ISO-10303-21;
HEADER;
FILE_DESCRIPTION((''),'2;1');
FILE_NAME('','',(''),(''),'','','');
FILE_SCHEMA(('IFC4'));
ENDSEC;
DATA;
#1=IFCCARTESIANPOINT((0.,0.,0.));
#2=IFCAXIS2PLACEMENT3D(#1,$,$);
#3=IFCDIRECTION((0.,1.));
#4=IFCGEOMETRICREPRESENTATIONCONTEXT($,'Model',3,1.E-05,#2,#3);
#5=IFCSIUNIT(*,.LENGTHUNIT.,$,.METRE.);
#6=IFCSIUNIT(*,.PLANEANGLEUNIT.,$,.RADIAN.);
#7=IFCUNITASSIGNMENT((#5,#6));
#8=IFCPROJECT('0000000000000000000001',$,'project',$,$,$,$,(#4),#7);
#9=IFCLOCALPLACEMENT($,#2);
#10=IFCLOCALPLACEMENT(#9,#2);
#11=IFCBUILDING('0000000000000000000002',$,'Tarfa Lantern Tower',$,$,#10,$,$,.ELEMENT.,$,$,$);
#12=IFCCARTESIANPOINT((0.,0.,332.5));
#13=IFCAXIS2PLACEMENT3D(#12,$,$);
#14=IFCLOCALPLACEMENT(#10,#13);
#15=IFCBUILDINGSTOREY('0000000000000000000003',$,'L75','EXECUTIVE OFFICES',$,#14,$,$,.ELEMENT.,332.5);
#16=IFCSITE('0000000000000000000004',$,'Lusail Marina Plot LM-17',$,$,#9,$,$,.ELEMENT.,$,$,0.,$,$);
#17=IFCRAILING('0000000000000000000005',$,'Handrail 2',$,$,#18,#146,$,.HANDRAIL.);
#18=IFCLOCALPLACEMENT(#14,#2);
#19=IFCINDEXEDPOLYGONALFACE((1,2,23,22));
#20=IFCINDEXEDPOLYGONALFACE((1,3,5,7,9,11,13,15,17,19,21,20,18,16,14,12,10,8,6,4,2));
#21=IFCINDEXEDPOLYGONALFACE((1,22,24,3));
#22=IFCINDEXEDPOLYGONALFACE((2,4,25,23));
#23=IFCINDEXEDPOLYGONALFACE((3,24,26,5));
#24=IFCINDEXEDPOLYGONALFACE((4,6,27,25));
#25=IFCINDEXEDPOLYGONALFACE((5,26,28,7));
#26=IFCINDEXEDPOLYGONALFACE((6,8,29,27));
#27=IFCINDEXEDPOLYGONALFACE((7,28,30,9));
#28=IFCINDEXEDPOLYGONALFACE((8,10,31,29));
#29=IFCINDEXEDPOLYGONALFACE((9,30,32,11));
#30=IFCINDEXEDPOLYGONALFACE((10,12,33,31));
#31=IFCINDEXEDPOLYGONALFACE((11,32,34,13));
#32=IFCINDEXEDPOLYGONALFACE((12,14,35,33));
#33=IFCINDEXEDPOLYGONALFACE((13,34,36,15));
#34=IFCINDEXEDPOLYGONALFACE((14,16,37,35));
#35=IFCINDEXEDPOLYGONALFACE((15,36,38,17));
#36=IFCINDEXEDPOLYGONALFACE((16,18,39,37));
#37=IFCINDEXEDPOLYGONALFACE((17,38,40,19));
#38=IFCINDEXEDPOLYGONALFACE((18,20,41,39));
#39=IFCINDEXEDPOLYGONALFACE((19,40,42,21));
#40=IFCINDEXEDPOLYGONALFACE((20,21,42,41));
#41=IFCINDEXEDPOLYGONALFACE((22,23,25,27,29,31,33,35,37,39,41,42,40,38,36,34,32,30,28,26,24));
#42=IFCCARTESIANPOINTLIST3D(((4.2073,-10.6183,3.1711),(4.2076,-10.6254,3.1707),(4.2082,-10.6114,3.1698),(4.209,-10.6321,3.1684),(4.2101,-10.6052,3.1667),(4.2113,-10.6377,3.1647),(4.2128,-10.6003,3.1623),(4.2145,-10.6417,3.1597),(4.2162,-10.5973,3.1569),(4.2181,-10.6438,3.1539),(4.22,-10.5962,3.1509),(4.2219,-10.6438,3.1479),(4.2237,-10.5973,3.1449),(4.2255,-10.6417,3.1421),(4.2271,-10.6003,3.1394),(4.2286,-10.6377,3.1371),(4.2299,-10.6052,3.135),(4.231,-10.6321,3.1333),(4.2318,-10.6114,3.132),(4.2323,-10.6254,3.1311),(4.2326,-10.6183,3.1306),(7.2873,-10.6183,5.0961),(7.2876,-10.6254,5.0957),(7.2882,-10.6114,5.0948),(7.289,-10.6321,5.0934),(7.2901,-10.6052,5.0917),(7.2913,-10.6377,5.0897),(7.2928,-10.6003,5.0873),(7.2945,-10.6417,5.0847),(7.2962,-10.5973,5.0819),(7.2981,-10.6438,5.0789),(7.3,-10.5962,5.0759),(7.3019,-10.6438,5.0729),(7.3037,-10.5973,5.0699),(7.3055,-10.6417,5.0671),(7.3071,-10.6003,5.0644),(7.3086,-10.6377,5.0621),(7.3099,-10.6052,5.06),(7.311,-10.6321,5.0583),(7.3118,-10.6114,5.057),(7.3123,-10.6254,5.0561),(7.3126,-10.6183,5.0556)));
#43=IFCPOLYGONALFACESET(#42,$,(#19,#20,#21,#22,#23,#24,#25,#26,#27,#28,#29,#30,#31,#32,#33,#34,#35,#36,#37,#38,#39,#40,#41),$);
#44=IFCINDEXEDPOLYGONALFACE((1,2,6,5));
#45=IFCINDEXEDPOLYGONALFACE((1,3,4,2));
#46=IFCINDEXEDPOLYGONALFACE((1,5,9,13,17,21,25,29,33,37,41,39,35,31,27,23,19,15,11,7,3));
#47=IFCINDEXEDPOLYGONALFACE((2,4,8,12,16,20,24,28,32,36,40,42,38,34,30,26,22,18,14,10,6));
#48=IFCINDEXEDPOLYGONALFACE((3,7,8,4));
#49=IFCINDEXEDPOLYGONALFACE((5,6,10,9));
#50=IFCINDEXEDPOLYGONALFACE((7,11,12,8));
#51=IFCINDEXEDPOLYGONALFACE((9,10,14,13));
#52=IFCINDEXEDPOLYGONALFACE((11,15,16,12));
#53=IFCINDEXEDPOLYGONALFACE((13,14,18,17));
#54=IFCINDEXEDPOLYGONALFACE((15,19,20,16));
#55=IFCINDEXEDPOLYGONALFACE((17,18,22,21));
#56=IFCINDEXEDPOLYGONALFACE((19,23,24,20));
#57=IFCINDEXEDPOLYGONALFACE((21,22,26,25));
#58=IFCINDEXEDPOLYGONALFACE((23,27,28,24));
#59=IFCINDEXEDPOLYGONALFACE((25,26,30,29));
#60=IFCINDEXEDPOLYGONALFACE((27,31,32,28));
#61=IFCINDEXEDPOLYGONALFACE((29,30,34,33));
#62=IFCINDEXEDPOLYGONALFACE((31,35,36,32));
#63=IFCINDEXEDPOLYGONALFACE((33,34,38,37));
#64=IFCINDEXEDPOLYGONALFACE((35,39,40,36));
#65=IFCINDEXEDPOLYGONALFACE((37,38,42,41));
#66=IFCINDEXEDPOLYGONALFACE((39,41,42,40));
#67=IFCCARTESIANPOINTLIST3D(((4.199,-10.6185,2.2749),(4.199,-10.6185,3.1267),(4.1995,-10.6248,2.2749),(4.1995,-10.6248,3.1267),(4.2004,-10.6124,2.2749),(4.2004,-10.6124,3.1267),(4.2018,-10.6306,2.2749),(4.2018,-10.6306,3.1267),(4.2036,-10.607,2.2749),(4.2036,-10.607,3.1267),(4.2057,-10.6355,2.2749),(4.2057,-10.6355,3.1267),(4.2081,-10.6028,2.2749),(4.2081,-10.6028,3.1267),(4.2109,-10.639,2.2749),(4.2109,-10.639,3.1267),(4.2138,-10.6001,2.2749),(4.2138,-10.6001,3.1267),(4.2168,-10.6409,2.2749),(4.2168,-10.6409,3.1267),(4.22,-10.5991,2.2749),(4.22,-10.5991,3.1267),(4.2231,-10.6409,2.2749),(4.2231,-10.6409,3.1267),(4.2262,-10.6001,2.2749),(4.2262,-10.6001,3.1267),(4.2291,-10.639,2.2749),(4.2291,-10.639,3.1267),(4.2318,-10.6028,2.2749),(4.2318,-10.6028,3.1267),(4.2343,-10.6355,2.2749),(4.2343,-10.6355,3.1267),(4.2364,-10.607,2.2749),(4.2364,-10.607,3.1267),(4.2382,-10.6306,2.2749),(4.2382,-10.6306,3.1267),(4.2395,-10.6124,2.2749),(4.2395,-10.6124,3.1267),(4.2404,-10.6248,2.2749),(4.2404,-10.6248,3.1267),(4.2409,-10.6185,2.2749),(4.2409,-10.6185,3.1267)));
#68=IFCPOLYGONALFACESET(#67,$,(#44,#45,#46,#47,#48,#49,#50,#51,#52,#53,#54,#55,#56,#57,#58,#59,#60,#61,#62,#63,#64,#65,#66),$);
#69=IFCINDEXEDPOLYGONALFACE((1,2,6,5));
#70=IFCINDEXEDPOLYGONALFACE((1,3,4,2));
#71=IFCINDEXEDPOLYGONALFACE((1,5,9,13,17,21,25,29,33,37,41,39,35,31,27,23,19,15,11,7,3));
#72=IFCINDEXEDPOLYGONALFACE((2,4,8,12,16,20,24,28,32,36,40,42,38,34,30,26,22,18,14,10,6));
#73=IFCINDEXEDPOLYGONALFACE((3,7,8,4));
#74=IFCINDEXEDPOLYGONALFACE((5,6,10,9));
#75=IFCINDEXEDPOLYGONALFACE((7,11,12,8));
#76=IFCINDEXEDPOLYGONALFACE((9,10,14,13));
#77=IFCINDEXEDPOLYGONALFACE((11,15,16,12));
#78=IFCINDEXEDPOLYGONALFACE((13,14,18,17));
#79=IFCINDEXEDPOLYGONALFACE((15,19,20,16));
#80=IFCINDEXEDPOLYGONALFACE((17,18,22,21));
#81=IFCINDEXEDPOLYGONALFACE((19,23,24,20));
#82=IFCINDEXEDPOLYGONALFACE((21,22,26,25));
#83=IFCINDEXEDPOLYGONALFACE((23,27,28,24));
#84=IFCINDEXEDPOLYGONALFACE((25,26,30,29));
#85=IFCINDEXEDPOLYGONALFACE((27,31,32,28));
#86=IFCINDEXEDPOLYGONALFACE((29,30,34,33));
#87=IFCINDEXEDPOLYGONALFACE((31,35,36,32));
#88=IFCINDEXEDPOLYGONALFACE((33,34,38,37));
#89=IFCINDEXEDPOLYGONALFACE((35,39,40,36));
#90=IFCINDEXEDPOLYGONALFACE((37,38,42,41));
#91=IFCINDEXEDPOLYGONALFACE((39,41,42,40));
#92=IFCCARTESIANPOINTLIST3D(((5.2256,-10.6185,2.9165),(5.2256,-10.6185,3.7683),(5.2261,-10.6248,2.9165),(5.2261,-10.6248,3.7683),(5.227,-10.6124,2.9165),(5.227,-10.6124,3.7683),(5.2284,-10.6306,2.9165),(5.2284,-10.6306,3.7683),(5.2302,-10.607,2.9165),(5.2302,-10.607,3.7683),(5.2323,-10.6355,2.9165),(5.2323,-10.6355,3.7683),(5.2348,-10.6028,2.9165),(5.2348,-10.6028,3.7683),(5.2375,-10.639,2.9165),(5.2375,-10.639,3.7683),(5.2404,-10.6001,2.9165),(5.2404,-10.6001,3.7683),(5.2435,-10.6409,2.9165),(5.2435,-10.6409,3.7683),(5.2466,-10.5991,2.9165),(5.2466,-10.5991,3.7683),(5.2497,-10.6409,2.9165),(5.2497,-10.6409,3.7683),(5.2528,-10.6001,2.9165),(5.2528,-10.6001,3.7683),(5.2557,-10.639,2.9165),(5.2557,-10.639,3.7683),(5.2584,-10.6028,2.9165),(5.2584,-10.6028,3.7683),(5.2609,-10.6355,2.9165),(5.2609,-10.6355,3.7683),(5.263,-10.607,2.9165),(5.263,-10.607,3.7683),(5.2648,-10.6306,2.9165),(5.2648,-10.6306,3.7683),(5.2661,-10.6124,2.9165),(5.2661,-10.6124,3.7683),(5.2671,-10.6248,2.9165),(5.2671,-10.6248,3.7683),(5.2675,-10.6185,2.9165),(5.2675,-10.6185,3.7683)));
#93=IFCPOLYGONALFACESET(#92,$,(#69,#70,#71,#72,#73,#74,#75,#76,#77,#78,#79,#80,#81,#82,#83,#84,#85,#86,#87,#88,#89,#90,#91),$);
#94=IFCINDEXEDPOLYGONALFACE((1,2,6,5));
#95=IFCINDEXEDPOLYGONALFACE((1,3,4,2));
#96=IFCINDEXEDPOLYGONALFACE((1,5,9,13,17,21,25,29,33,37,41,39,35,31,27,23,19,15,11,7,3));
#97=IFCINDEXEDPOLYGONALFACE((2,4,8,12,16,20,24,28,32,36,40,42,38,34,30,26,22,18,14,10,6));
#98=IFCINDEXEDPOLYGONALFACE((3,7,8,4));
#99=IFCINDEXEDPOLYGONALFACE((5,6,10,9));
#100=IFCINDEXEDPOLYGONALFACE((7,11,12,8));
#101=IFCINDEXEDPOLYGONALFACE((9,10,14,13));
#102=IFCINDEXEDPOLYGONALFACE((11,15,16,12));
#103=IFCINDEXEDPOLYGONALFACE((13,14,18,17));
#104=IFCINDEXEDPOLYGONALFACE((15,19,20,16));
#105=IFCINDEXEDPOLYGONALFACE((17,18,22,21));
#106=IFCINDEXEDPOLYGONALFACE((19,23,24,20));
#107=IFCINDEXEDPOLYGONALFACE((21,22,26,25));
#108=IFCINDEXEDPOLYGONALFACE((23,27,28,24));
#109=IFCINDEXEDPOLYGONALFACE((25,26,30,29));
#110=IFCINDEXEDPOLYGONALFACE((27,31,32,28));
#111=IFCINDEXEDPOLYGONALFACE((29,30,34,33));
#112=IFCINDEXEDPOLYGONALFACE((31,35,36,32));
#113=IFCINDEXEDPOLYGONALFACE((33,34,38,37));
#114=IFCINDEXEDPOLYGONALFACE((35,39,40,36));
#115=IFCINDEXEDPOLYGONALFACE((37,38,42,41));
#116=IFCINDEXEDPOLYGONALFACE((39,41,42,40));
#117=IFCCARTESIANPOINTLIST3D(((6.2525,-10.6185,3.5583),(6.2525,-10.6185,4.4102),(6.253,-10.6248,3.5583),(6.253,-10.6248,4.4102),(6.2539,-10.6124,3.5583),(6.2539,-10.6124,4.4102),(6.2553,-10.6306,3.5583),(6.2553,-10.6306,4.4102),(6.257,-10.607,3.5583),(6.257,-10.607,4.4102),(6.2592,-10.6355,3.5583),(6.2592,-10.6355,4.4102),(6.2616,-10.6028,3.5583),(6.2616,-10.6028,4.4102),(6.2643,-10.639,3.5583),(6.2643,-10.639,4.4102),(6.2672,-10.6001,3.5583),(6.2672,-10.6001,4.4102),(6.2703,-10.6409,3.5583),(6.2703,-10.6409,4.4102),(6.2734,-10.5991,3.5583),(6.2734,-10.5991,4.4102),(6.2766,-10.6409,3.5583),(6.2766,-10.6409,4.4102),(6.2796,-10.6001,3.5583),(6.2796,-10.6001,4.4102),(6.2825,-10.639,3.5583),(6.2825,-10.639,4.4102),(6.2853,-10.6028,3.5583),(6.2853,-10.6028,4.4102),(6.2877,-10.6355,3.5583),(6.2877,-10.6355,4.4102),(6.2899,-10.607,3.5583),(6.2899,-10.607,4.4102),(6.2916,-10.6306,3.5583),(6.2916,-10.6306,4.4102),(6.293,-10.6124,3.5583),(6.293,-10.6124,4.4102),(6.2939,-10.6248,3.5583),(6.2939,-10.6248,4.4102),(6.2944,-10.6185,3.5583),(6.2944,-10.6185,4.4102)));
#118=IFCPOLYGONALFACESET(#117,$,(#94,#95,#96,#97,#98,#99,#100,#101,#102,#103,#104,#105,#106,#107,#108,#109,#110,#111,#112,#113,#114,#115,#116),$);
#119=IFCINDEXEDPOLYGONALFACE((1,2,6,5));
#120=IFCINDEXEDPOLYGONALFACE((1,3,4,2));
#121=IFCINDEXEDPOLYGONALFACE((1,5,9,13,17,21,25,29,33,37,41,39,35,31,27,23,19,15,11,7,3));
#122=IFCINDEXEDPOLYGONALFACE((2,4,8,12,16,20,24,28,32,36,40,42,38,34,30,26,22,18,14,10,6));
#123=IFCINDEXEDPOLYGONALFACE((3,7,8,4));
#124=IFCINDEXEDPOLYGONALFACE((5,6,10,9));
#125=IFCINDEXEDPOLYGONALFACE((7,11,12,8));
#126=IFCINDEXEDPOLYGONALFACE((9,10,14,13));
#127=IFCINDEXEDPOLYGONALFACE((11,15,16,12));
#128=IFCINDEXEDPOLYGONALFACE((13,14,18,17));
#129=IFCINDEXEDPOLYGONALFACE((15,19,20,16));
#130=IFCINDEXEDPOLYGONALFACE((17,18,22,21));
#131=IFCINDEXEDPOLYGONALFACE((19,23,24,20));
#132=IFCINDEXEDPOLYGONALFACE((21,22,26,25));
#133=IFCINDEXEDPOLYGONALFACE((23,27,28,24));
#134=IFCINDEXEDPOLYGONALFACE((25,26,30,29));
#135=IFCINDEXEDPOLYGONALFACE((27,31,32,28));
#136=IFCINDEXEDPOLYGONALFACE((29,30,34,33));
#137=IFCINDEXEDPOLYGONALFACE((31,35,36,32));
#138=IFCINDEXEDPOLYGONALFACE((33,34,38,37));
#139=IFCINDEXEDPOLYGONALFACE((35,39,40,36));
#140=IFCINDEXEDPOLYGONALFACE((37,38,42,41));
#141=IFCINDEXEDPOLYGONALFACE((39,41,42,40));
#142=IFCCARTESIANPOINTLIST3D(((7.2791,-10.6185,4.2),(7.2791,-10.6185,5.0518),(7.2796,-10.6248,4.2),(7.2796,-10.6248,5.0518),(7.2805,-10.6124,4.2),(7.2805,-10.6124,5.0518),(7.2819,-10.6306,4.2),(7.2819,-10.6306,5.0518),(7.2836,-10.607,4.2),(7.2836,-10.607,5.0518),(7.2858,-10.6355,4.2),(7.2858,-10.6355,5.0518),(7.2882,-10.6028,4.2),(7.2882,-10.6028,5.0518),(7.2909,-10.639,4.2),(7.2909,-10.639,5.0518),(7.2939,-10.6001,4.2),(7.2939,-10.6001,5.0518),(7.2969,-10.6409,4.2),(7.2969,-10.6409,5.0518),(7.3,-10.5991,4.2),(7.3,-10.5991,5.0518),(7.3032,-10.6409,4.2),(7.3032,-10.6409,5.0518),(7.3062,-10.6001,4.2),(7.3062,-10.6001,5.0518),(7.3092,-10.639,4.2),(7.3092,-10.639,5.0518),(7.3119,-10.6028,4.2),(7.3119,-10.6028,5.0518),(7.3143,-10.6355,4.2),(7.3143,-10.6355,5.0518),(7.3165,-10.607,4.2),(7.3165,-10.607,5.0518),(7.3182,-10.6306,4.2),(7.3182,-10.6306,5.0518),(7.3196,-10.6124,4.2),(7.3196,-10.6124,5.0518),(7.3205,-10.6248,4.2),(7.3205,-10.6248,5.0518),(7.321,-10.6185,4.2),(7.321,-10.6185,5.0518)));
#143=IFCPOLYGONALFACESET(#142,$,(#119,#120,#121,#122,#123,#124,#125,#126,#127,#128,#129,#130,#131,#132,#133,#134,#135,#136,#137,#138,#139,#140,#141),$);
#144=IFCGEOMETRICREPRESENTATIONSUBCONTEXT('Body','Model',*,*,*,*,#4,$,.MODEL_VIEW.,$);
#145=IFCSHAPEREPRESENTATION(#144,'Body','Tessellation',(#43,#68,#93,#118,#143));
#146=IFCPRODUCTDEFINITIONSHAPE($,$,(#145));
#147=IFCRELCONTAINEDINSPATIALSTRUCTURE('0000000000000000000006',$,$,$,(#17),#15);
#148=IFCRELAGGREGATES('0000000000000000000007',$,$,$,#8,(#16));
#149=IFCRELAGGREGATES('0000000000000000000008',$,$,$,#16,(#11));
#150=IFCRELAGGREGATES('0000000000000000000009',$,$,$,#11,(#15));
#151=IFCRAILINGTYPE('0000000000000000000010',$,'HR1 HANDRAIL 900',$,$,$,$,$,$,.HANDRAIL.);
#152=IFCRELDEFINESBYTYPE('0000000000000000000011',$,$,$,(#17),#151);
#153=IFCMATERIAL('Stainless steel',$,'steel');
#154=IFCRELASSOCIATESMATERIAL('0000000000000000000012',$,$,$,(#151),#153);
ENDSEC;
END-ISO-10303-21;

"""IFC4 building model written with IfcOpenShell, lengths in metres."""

from ifc_helpers import new_model, si_unit, direction, frame, origin, origin_2d, place, context, subcontext, project, spatial, circle, extrude, material, type_object, element, save


model = new_model("IFC4")

# Units and contexts
model_context = context("Model", 3, precision=1e-05, world=origin(), true_north=direction((0.0, 1.0)))
body_context = subcontext(model_context, "Body", "Model", "MODEL_VIEW")
ifc_project = project(units=[si_unit("LENGTHUNIT", "METRE"), si_unit("PLANEANGLEUNIT", "RADIAN")], contexts=[model_context])

# Site, building, storey
site_placement = place(None, origin())
site = spatial("IfcSite", under=ifc_project, at=site_placement, Name="Lusail Marina Plot LM-17", CompositionType="ELEMENT", RefElevation=0.0)
building_placement = place(site_placement, origin())
building = spatial("IfcBuilding", under=site, at=building_placement, Name="Tarfa Lantern Tower", CompositionType="ELEMENT")
storey_placement = place(building_placement, frame((0.0, 0.0, 332.5)))
storey = spatial("IfcBuildingStorey", under=building, at=storey_placement, Name="L75", Description="EXECUTIVE OFFICES", CompositionType="ELEMENT", Elevation=332.5)

# Railing
ifc_material_1 = material(Name="Stainless steel", Category="steel")
railing_type = type_object("IfcRailingType", Name="HR1 HANDRAIL 900", PredefinedType="HANDRAIL", material=ifc_material_1)
railing_1_placement = place(storey_placement, frame((4.22, -10.6201, 2.2749)))
element("IfcRailing", 1, at=railing_1_placement, inside=storey, type_object=railing_type, Name="Handrail 2", PredefinedType="HANDRAIL", context=body_context, shape_type="SweptSolid", body=[
    extrude(circle(Radius=0.0239, at=origin_2d()), frame((0.0, 0.0, 0.876), z_axis=(0.847998, 0.0, 0.529999), x_axis=(0.0, 1.0, 0.0)), (0.0, 0.0, 1.0), 3.6321),
    extrude(circle(Radius=0.021, at=origin_2d()), frame((0.0, 0.0, 0.0), z_axis=(0.0, 0.0, 1.0), x_axis=(0.0, 1.0, 0.0)), (0.0, 0.0, 1.0), 0.8518),
    extrude(circle(Radius=0.021, at=origin_2d()), frame((1.0266, 0.0, 0.6416), z_axis=(0.0, 0.0, 1.0), x_axis=(0.0, 1.0, 0.0)), (0.0, 0.0, 1.0), 0.8518),
    extrude(circle(Radius=0.021, at=origin_2d()), frame((2.0535, 0.0, 1.2834), z_axis=(0.0, 0.0, 1.0), x_axis=(0.0, 1.0, 0.0)), (0.0, 0.0, 1.0), 0.8518),
    extrude(circle(Radius=0.021, at=origin_2d()), frame((3.0801, 0.0, 1.925), z_axis=(0.0, 0.0, 1.0), x_axis=(0.0, 1.0, 0.0)), (0.0, 0.0, 1.0), 0.8518),
])

save(model, "model.ifc")
